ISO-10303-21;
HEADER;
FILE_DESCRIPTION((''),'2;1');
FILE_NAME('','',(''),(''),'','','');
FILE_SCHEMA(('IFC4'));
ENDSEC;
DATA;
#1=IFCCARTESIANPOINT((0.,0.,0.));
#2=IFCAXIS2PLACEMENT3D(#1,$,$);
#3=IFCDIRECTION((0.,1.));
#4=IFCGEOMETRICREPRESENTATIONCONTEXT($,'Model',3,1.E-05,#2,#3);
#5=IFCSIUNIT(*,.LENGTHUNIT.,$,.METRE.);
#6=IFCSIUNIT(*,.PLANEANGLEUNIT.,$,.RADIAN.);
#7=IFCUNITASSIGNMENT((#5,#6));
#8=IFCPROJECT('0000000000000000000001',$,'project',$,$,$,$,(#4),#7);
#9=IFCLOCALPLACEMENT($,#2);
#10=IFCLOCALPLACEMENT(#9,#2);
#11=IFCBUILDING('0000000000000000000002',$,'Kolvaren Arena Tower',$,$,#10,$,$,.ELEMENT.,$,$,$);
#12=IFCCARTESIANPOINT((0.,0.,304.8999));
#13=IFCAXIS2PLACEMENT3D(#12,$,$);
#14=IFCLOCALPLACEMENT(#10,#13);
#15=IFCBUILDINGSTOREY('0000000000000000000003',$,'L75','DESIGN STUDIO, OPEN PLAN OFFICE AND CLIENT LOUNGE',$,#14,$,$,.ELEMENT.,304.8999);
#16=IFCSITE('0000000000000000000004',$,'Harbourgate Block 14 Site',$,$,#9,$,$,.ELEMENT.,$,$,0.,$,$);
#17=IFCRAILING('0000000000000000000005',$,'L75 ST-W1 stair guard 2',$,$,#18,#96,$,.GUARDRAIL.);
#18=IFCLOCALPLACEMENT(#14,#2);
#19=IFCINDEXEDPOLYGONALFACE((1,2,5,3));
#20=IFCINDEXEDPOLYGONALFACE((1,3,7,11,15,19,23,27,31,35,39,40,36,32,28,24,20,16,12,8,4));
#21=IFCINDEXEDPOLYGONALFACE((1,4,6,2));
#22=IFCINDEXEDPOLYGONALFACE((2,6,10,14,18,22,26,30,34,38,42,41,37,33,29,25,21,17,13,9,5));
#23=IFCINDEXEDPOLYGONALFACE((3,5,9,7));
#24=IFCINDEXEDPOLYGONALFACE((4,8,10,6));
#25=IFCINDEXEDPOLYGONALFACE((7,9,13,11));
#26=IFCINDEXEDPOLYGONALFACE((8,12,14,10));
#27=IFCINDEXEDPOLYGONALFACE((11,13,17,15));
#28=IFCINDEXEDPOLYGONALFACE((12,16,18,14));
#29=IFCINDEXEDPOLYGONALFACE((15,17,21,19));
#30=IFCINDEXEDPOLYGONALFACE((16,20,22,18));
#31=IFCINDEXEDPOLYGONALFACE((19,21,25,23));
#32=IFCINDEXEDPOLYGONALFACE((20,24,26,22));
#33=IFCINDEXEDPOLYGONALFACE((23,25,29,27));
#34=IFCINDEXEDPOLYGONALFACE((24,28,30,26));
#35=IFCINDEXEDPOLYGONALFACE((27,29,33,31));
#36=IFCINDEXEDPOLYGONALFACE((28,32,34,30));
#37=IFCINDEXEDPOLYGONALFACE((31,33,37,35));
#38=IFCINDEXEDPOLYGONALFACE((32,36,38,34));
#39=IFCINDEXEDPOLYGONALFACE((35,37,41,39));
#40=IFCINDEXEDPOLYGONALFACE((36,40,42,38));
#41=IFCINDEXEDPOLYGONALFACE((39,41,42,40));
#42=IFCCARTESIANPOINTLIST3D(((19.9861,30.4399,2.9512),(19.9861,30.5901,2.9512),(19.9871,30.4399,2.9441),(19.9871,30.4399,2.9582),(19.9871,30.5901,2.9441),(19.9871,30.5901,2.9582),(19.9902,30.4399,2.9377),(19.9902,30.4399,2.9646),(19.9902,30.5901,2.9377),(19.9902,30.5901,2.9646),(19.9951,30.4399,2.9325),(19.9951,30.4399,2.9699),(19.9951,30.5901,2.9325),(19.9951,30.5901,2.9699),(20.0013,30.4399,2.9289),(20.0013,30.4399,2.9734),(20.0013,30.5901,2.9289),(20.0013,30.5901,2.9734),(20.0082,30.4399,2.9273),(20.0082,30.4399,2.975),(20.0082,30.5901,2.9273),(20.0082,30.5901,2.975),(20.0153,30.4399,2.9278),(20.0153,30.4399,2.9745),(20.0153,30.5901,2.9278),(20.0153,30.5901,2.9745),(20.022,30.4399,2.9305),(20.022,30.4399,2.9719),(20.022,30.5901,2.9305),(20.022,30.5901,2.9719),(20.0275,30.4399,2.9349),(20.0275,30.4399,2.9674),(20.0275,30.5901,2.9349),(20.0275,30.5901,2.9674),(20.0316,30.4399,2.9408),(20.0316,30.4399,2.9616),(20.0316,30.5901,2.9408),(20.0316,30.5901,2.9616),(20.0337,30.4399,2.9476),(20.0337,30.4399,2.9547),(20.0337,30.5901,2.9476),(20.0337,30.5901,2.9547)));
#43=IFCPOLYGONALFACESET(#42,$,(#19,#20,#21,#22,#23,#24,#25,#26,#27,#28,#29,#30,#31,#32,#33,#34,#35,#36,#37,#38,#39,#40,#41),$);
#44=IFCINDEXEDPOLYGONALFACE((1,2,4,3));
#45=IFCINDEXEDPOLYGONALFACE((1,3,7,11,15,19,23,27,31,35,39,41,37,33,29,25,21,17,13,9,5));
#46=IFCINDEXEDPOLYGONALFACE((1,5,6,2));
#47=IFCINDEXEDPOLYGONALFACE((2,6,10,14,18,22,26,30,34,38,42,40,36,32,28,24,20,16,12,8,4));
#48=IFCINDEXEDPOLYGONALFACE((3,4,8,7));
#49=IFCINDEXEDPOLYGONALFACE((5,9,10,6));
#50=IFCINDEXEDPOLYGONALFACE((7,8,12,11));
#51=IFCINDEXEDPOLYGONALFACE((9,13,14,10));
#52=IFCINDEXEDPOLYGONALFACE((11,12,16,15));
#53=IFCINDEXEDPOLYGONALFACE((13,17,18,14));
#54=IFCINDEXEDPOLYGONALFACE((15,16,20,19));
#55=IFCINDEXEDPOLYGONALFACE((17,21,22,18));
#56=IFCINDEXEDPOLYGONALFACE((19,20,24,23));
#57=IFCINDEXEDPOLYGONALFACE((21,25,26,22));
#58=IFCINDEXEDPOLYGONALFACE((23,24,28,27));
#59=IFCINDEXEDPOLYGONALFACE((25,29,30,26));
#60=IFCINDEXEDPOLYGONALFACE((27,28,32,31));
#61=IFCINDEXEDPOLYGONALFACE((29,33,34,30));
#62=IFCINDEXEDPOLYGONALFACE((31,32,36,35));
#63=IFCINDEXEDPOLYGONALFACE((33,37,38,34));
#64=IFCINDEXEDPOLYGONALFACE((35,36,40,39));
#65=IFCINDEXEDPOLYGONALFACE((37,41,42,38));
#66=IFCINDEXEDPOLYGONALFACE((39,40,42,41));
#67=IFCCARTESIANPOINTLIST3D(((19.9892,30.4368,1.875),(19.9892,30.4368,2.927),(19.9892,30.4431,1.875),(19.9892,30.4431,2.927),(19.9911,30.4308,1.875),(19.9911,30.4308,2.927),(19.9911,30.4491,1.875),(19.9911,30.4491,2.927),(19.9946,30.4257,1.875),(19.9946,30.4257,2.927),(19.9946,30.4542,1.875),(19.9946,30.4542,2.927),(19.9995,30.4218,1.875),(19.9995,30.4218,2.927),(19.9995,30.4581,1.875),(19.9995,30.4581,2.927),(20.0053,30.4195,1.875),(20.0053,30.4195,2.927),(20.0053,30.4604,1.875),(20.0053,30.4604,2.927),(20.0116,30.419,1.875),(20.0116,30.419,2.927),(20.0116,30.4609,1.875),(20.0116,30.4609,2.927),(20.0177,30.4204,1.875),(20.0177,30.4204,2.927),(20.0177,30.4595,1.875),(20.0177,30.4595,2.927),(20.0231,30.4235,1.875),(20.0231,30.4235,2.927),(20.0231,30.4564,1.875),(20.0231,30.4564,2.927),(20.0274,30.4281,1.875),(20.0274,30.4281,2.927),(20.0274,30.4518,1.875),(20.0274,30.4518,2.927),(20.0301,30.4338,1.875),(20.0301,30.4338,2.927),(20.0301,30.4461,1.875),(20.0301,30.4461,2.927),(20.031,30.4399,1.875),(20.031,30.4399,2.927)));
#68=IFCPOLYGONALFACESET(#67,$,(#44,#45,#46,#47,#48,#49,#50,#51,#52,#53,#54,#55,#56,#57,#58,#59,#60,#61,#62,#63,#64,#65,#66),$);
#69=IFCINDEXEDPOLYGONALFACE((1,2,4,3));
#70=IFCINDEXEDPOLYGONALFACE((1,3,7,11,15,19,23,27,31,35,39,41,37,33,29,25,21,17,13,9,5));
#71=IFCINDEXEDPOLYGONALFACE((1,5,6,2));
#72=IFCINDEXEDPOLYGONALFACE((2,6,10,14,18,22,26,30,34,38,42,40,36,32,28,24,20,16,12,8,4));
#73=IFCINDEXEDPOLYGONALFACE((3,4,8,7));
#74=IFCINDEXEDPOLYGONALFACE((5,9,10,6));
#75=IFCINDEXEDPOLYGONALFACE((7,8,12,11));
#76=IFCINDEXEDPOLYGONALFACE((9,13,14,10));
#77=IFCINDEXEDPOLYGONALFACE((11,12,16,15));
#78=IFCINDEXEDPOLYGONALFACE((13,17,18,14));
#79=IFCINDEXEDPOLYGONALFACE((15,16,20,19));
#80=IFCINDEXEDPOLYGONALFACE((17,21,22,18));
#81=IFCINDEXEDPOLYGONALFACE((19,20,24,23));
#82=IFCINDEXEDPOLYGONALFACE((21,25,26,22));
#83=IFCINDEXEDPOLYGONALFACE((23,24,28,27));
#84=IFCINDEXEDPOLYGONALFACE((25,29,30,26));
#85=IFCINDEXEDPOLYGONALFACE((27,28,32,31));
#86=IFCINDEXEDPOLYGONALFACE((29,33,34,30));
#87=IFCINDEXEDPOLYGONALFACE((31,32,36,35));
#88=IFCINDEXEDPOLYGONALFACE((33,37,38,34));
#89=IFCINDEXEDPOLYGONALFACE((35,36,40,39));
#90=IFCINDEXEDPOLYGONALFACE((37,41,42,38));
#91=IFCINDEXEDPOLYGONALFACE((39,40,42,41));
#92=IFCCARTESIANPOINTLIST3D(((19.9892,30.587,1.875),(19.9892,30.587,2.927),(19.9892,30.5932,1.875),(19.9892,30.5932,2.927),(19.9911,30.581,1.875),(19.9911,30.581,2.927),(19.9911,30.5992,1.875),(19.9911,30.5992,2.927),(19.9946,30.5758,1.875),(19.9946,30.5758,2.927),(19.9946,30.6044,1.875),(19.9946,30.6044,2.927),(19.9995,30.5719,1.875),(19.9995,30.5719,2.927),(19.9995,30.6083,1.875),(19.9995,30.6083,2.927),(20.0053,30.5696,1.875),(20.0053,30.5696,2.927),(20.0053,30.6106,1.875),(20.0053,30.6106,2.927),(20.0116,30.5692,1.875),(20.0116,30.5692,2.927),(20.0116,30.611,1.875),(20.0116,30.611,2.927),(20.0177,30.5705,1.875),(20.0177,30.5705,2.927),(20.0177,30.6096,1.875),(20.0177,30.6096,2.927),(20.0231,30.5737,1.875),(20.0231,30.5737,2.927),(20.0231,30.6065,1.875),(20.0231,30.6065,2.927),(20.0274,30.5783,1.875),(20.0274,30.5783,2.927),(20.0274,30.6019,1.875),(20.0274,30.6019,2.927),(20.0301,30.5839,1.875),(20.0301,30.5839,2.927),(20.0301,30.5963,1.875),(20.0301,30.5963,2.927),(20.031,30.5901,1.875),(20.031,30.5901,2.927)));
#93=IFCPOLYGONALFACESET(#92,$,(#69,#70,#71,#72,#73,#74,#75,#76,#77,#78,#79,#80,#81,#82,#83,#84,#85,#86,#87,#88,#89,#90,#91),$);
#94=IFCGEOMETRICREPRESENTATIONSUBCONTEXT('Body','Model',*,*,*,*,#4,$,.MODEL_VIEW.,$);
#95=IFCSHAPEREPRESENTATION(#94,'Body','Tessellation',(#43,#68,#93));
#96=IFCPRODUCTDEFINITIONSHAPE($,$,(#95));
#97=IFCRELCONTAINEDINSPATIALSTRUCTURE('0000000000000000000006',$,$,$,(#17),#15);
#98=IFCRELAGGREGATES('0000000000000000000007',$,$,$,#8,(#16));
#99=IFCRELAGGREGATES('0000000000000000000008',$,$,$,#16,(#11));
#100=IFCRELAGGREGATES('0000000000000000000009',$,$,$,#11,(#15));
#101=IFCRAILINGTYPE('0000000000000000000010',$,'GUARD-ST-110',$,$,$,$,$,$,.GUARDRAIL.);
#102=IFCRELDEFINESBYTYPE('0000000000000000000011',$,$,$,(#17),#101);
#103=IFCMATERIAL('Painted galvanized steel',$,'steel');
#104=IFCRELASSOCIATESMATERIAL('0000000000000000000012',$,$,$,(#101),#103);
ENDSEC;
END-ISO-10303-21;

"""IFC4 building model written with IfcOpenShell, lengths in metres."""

from ifc_helpers import new_model, si_unit, direction, frame, origin, origin_2d, place, context, subcontext, project, spatial, circle, extrude, material, type_object, element, save


model = new_model("IFC4")

# Units and contexts
model_context = context("Model", 3, precision=1e-05, world=origin(), true_north=direction((0.0, 1.0)))
body_context = subcontext(model_context, "Body", "Model", "MODEL_VIEW")
ifc_project = project(units=[si_unit("LENGTHUNIT", "METRE"), si_unit("PLANEANGLEUNIT", "RADIAN")], contexts=[model_context])

# Site, building, storey
site_placement = place(None, origin())
site = spatial("IfcSite", under=ifc_project, at=site_placement, Name="Harbourgate Block 14 Site", CompositionType="ELEMENT", RefElevation=0.0)
building_placement = place(site_placement, origin())
building = spatial("IfcBuilding", under=site, at=building_placement, Name="Kolvaren Arena Tower", CompositionType="ELEMENT")
storey_placement = place(building_placement, frame((0.0, 0.0, 304.8999)))
storey = spatial("IfcBuildingStorey", under=building, at=storey_placement, Name="L75", Description="DESIGN STUDIO, OPEN PLAN OFFICE AND CLIENT LOUNGE", CompositionType="ELEMENT", Elevation=304.8999)

# Railing
ifc_material_1 = material(Name="Painted galvanized steel", Category="steel")
railing_type_1 = type_object("IfcRailingType", Name="GUARD-ST-110", PredefinedType="GUARDRAIL", material=ifc_material_1)
railing_1_placement = place(storey_placement, frame((20.01, 30.4399, 1.875)))
element("IfcRailing", 1, at=railing_1_placement, inside=storey, type_object=railing_type_1, Name="L75 ST-W1 stair guard 2", PredefinedType="GUARDRAIL", context=body_context, shape_type="SweptSolid", body=[
    extrude(circle(Radius=0.0239, at=origin_2d()), frame((0.0, 0.0, 1.0762), z_axis=(0.0, 1.0, 0.0), x_axis=(-1.0, 0.0, 0.0)), (0.0, 0.0, 1.0), 0.1501),
    extrude(circle(Radius=0.021, at=origin_2d()), origin(), (0.0, 0.0, 1.0), 1.052),
    extrude(circle(Radius=0.021, at=origin_2d()), frame((0.0, 0.1501, 0.0)), (0.0, 0.0, 1.0), 1.052),
])

save(model, "model.ifc")
